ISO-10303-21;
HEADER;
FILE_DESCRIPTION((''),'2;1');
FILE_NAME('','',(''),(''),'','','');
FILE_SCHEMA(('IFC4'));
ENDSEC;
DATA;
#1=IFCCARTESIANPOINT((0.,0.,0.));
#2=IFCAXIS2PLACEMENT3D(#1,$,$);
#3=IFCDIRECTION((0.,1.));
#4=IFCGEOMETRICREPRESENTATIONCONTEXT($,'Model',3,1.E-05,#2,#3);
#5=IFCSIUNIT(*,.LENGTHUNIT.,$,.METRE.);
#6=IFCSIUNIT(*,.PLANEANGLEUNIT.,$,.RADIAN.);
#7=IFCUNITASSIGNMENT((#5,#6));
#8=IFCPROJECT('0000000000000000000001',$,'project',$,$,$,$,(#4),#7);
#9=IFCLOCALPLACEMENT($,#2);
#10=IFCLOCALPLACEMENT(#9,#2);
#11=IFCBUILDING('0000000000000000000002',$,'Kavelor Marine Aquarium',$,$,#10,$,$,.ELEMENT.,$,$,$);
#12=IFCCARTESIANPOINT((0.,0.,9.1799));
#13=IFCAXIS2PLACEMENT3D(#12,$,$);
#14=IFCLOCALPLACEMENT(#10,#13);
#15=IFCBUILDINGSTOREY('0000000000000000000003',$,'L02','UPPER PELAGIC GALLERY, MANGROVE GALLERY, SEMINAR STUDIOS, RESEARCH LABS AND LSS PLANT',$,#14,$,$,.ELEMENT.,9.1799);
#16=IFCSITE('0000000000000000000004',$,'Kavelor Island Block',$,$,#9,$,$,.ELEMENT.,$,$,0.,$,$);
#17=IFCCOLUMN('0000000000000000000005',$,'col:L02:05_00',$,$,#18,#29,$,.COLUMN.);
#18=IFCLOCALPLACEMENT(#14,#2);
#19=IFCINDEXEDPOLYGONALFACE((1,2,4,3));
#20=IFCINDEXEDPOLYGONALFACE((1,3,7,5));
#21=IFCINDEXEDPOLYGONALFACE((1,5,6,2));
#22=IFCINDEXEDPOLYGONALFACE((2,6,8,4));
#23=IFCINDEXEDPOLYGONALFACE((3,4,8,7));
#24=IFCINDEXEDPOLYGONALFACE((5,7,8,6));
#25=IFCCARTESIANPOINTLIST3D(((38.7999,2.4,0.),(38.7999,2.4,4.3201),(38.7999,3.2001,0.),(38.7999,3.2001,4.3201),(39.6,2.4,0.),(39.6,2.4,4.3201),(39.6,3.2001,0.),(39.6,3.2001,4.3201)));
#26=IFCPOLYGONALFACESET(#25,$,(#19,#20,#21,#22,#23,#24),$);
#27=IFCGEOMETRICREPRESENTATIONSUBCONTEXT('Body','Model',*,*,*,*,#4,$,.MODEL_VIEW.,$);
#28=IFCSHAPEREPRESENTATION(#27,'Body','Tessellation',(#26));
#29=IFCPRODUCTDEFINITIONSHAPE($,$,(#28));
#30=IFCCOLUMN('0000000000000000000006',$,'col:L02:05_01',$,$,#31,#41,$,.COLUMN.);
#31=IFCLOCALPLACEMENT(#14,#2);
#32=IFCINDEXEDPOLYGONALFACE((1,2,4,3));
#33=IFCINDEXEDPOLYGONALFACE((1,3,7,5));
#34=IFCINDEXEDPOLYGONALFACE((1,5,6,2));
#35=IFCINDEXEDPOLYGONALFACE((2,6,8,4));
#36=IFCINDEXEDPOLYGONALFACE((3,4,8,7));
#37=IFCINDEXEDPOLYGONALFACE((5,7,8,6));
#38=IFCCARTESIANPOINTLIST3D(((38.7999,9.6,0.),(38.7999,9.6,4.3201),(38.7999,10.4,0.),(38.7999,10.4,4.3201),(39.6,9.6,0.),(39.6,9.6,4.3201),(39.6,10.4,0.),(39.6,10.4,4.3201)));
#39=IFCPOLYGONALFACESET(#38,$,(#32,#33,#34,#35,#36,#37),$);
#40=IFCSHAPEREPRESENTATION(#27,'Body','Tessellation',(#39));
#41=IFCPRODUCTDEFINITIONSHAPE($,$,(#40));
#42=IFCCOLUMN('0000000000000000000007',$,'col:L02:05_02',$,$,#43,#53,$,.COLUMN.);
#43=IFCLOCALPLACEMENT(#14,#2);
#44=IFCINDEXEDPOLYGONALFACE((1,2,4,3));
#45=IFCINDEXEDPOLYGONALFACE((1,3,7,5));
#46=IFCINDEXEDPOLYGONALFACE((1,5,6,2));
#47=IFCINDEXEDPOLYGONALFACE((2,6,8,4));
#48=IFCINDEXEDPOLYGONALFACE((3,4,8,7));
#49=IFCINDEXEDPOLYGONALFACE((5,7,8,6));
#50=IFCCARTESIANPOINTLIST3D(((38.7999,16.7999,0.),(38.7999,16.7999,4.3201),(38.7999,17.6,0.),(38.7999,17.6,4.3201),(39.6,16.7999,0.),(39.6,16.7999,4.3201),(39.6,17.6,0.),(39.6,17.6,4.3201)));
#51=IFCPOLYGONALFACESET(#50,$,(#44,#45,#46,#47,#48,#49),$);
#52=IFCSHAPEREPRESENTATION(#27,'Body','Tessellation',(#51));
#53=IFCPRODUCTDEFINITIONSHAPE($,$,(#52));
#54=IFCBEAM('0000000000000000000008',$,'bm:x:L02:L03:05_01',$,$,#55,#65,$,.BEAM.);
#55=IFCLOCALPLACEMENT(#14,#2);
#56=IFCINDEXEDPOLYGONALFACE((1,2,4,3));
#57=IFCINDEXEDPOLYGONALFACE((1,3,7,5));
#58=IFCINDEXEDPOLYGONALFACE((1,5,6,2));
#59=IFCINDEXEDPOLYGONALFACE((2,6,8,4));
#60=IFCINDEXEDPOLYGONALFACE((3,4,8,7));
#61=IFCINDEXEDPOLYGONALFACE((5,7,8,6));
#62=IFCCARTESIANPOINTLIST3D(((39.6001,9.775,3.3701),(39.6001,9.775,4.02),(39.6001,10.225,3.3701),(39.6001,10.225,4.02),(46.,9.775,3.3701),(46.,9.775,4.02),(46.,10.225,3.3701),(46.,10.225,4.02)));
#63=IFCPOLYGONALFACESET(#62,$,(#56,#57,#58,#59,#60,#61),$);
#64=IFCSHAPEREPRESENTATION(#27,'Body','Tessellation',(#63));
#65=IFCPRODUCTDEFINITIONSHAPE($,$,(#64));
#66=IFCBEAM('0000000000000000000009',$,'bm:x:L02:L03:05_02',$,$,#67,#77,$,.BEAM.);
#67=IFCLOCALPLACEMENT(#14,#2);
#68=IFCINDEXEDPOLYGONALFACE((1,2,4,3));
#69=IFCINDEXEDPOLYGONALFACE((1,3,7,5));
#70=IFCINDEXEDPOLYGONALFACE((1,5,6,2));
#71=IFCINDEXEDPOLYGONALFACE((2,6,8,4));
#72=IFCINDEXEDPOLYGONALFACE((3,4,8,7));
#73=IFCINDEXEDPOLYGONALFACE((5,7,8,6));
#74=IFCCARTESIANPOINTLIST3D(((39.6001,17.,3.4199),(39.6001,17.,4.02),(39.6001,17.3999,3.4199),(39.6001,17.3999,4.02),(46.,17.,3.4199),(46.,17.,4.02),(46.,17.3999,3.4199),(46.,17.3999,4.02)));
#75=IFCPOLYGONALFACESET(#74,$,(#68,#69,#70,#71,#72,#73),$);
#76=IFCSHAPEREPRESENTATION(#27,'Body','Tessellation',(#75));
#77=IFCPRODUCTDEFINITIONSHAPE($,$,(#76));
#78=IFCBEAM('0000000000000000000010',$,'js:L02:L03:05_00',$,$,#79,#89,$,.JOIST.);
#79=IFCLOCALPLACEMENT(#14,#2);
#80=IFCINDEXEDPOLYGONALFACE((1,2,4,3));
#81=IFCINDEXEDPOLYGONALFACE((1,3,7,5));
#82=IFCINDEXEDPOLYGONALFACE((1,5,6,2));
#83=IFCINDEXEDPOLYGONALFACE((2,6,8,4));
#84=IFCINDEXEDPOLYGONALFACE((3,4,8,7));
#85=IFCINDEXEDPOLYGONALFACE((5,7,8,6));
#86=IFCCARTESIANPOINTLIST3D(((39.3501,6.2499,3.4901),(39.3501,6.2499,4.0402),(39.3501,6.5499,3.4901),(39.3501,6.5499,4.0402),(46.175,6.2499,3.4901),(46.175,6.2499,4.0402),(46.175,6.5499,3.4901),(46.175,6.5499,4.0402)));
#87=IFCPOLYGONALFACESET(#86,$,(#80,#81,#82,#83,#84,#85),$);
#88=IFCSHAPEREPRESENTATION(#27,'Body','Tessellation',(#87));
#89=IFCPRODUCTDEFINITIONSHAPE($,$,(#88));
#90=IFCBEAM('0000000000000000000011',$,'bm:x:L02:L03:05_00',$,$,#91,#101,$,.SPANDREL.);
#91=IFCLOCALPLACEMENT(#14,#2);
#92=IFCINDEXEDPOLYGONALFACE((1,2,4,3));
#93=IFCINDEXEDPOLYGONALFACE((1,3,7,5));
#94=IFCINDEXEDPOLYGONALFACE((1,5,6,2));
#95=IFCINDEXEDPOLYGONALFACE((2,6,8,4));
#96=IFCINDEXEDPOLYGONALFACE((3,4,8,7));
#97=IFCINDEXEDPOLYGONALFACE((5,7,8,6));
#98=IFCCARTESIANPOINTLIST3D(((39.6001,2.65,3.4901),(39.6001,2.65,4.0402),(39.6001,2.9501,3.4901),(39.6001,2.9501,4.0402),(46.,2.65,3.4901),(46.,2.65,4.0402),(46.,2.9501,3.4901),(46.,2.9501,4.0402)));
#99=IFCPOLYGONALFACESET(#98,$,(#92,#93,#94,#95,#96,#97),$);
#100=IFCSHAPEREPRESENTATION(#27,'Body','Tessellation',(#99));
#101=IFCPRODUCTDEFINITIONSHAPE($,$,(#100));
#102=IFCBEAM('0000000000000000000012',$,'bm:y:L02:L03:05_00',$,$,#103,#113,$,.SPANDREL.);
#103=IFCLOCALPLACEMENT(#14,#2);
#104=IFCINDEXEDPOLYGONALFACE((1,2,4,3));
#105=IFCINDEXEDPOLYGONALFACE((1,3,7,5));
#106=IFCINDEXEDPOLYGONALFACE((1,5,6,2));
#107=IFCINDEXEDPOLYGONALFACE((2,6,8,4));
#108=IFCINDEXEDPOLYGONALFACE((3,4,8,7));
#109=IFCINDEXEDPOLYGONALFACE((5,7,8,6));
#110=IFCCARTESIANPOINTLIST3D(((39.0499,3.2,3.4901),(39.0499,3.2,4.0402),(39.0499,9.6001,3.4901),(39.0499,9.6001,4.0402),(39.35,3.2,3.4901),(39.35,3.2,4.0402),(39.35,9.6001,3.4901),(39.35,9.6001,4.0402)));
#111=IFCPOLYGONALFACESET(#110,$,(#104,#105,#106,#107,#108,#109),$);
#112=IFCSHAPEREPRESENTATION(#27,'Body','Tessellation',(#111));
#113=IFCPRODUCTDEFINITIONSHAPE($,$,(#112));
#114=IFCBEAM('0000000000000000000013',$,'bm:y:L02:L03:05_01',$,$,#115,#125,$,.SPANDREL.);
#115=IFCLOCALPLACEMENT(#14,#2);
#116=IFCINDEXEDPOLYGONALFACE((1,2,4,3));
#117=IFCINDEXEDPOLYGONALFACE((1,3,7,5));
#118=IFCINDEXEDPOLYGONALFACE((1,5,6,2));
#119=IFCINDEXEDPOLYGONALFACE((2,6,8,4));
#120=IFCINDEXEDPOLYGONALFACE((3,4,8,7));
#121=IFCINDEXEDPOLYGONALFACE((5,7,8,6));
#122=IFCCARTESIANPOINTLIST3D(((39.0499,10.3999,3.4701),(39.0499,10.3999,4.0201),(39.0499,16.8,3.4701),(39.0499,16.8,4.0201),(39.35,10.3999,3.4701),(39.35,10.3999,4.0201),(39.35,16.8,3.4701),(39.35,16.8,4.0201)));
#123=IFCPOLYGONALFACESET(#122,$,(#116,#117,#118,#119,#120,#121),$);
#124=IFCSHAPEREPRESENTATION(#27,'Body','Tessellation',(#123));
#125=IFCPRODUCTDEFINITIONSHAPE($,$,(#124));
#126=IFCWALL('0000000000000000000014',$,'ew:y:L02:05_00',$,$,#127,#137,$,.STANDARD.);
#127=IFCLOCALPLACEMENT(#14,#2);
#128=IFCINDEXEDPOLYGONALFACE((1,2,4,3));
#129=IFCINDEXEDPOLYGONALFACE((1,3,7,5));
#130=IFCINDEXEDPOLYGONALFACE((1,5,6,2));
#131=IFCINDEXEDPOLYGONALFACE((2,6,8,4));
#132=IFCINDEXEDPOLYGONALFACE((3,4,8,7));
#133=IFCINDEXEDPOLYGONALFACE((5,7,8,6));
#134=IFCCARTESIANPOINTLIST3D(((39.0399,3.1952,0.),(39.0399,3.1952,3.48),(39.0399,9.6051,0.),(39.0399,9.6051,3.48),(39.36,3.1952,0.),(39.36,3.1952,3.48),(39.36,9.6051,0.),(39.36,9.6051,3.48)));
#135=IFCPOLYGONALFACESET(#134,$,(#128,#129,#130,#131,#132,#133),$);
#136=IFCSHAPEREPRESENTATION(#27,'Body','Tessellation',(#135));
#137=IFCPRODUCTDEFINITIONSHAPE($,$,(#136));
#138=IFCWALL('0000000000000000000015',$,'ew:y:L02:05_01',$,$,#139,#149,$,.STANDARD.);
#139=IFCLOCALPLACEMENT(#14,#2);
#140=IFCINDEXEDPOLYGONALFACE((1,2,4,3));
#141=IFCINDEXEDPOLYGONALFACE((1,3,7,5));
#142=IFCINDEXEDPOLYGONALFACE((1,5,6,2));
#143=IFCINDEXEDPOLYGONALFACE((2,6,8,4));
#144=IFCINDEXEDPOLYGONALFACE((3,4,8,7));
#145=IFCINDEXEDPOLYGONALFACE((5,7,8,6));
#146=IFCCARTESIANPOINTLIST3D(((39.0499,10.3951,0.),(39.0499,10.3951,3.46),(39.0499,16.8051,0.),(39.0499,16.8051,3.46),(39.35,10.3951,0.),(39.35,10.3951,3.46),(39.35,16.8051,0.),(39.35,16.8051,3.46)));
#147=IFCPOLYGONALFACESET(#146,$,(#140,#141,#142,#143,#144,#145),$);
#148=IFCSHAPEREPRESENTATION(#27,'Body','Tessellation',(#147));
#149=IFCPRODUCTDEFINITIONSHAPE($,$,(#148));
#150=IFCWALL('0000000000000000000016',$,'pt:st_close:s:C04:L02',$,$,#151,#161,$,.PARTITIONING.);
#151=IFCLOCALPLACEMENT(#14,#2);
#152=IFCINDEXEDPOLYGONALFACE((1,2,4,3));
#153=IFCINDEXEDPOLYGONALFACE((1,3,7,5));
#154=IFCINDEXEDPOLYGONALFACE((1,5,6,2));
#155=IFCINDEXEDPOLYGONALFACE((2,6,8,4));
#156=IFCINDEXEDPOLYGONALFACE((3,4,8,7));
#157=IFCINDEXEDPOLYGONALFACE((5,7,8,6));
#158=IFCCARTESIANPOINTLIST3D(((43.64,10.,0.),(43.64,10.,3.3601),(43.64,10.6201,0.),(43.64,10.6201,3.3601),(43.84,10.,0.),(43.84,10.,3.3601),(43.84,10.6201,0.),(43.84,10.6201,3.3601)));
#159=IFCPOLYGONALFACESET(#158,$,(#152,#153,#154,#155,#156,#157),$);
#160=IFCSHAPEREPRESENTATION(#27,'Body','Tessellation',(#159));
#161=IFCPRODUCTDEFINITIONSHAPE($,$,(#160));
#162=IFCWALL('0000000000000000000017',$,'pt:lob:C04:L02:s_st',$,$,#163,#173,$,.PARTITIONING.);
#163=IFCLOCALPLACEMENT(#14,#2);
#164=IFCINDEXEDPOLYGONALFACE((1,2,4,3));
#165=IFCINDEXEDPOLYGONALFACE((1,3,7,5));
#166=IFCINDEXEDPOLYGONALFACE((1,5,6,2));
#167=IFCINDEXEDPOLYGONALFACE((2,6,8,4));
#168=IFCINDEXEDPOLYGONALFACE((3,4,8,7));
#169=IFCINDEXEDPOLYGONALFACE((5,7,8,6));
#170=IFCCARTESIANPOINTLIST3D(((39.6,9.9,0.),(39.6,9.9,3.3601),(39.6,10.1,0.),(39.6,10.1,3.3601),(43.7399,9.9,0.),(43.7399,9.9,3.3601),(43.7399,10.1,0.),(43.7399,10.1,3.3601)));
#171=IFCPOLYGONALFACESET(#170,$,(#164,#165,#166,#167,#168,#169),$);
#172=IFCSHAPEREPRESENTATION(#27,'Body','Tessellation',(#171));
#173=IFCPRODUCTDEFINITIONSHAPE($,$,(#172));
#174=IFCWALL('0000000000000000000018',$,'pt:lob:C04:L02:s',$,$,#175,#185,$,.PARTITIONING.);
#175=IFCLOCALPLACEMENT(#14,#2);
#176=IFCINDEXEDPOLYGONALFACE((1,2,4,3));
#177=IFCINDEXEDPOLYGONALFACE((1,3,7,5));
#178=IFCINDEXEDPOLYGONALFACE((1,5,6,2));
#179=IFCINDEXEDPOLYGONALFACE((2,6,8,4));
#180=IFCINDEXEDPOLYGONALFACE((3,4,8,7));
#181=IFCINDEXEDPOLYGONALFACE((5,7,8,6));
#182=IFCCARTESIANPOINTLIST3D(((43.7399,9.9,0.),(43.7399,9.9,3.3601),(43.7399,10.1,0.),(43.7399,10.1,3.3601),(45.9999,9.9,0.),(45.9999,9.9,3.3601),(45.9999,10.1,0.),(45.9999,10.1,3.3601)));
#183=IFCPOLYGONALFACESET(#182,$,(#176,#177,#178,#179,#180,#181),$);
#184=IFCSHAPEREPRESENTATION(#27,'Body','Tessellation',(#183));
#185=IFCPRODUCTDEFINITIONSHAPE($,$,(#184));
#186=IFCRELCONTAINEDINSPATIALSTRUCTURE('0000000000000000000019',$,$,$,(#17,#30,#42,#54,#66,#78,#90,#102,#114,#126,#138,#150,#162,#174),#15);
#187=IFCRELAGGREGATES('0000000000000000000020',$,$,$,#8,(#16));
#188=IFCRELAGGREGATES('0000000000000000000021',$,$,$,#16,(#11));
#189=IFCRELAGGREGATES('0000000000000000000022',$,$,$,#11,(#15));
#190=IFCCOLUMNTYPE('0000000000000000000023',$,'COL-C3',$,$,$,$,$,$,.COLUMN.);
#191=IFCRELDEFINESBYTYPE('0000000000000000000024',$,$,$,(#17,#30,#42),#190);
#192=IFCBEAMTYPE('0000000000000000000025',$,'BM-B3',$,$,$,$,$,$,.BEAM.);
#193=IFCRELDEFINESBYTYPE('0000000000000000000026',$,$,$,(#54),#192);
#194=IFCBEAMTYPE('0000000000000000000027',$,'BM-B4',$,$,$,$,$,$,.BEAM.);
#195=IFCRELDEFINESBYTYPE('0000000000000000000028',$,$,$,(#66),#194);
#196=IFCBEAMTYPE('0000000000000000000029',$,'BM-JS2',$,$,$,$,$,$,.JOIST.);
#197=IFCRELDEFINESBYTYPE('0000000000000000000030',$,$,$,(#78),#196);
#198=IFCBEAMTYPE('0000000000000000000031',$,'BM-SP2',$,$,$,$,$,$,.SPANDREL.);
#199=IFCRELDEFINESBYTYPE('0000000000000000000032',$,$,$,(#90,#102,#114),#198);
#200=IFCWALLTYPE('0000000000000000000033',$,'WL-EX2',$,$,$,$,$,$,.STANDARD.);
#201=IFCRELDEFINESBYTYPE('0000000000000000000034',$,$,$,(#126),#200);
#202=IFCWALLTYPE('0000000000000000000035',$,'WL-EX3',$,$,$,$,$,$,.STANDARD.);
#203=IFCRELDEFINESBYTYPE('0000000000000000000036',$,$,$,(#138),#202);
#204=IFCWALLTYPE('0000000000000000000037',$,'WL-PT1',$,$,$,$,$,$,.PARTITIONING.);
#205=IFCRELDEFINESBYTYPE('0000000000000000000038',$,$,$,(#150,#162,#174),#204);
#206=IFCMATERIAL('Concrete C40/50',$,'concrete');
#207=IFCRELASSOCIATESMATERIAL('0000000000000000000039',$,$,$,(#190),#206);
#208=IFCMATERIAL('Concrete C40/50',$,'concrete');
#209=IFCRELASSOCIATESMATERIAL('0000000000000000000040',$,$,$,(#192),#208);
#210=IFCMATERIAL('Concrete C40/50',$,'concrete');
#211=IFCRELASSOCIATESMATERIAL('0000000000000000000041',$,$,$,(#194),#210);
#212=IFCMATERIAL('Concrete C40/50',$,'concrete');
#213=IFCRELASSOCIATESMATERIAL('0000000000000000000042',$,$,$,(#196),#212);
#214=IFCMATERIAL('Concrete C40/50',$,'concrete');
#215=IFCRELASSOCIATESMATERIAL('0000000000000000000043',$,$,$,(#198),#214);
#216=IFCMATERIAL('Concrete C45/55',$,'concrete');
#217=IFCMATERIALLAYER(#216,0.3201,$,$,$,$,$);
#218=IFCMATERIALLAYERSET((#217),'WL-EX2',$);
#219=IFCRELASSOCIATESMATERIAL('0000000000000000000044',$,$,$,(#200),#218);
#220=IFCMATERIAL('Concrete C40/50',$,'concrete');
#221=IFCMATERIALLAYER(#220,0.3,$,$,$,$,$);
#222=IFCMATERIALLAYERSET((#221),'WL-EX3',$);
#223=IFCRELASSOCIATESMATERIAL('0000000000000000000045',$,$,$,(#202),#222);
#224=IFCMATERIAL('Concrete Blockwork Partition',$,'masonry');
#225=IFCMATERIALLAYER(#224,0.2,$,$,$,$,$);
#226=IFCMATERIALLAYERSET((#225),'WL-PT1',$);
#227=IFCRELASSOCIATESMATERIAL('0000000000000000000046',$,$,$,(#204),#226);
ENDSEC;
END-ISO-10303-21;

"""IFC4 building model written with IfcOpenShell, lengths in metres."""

from ifc_helpers import new_model, si_unit, direction, frame, frame_2d, origin, origin_2d, place, context, subcontext, project, spatial, rectangle, extrude, material, layer, layer_set, material_profile, profile_set, type_object, element, save


model = new_model("IFC4")

# Units and contexts
model_context = context("Model", 3, precision=1e-05, world=origin(), true_north=direction((0.0, 1.0)))
body_context = subcontext(model_context, "Body", "Model", "MODEL_VIEW")
ifc_project = project(units=[si_unit("LENGTHUNIT", "METRE"), si_unit("PLANEANGLEUNIT", "RADIAN")], contexts=[model_context])

# Site, building, storey
site_placement = place(None, origin())
site = spatial("IfcSite", under=ifc_project, at=site_placement, Name="Kavelor Island Block", CompositionType="ELEMENT", RefElevation=0.0)
building_placement = place(site_placement, origin())
building = spatial("IfcBuilding", under=site, at=building_placement, Name="Kavelor Marine Aquarium", CompositionType="ELEMENT")
storey_placement = place(building_placement, frame((0.0, 0.0, 9.1799)))
storey = spatial("IfcBuildingStorey", under=building, at=storey_placement, Name="L02", Description="UPPER PELAGIC GALLERY, MANGROVE GALLERY, SEMINAR STUDIOS, RESEARCH LABS AND LSS PLANT", CompositionType="ELEMENT", Elevation=9.1799)

# Columns
ifc_material_1 = material(Name="Concrete C40/50", Category="concrete")
ifc_material_profile_1 = material_profile(ifc_material_1, rectangle(XDim=0.8, YDim=0.8, at=origin_2d()), Name="RC-COL 800x800")
ifc_profile_set_1 = profile_set([ifc_material_profile_1], Name="Concrete C40/50")
column_type = type_object("IfcColumnType", Name="COL-C3", PredefinedType="COLUMN", material=ifc_profile_set_1)
for number, where, z_axis, x_axis, name in (
    (1, (39.2, 2.8, 0.0), (0.0, 0.0, 1.0), (1.0, 0.0, 0.0), "col:L02:05_00"),
    (2, (39.2, 10.0, 0.0), (0.0, 0.0, 1.0), (1.0, 0.0, 0.0), "col:L02:05_01"),
    (3, (39.2, 17.2, 0.0), (0.0, 0.0, 1.0), (1.0, 0.0, 0.0), "col:L02:05_02"),
):
    element("IfcColumn", number, at=place(storey_placement, frame(where, z_axis=z_axis, x_axis=x_axis)), inside=storey, type_object=column_type, Name=name, PredefinedType="COLUMN", context=body_context, shape_type="SweptSolid", body=[
        extrude(rectangle(XDim=0.8, YDim=0.8, at=origin_2d()), origin(), (0.0, 0.0, 1.0), 4.3201),
    ])

# Beams
ifc_material_2 = material(Name="Concrete C40/50", Category="concrete")
ifc_material_profile_2 = material_profile(ifc_material_2, rectangle(XDim=0.45, YDim=0.6499, at=origin_2d()), Name="RC-BM 450x650")
ifc_profile_set_2 = profile_set([ifc_material_profile_2], Name="Concrete C40/50")
beam_type_1 = type_object("IfcBeamType", Name="BM-B3", PredefinedType="BEAM", material=ifc_profile_set_2)
beam_1_placement = place(storey_placement, frame((39.6001, 10.0, 3.6951), z_axis=(1.0, 0.0, 0.0), x_axis=(0.0, 1.0, 0.0)))
element("IfcBeam", 4, at=beam_1_placement, inside=storey, type_object=beam_type_1, Name="bm:x:L02:L03:05_01", PredefinedType="BEAM", context=body_context, shape_type="SweptSolid", body=[
    extrude(rectangle(XDim=0.45, YDim=0.6499, at=origin_2d()), origin(), (0.0, 0.0, 1.0), 6.3999),
])
ifc_material_3 = material(Name="Concrete C40/50", Category="concrete")
ifc_material_profile_3 = material_profile(ifc_material_3, rectangle(XDim=0.3999, YDim=0.6001, at=origin_2d()), Name="RC-BM 400x600")
ifc_profile_set_3 = profile_set([ifc_material_profile_3], Name="Concrete C40/50")
beam_type_2 = type_object("IfcBeamType", Name="BM-B4", PredefinedType="BEAM", material=ifc_profile_set_3)
beam_2_placement = place(storey_placement, frame((39.6001, 17.2, 3.72), z_axis=(1.0, 0.0, 0.0), x_axis=(0.0, 1.0, 0.0)))
element("IfcBeam", 5, at=beam_2_placement, inside=storey, type_object=beam_type_2, Name="bm:x:L02:L03:05_02", PredefinedType="BEAM", context=body_context, shape_type="SweptSolid", body=[
    extrude(rectangle(XDim=0.3999, YDim=0.6001, at=origin_2d()), origin(), (0.0, 0.0, 1.0), 6.3999),
])
ifc_material_4 = material(Name="Concrete C40/50", Category="concrete")
ifc_material_profile_4 = material_profile(ifc_material_4, rectangle(XDim=0.3, YDim=0.55, at=origin_2d()), Name="RC-JS 300x550")
ifc_profile_set_4 = profile_set([ifc_material_profile_4], Name="Concrete C40/50")
beam_type_3 = type_object("IfcBeamType", Name="BM-JS2", PredefinedType="JOIST", material=ifc_profile_set_4)
beam_3_placement = place(storey_placement, frame((39.3501, 6.3999, 3.7651), z_axis=(1.0, 0.0, 0.0), x_axis=(0.0, 1.0, 0.0)))
element("IfcBeam", 6, at=beam_3_placement, inside=storey, type_object=beam_type_3, Name="js:L02:L03:05_00", PredefinedType="JOIST", context=body_context, shape_type="SweptSolid", body=[
    extrude(rectangle(XDim=0.3, YDim=0.55, at=origin_2d()), origin(), (0.0, 0.0, 1.0), 6.825),
])
ifc_material_5 = material(Name="Concrete C40/50", Category="concrete")
ifc_material_profile_5 = material_profile(ifc_material_5, rectangle(XDim=0.3, YDim=0.55, at=origin_2d()), Name="RC-SP 300x550")
ifc_profile_set_5 = profile_set([ifc_material_profile_5], Name="Concrete C40/50")
beam_type_4 = type_object("IfcBeamType", Name="BM-SP2", PredefinedType="SPANDREL", material=ifc_profile_set_5)
beam_4_placement = place(storey_placement, frame((39.6001, 2.8, 3.7651), z_axis=(1.0, 0.0, 0.0), x_axis=(0.0, 1.0, 0.0)))
element("IfcBeam", 7, at=beam_4_placement, inside=storey, type_object=beam_type_4, Name="bm:x:L02:L03:05_00", PredefinedType="SPANDREL", context=body_context, shape_type="SweptSolid", body=[
    extrude(rectangle(XDim=0.3, YDim=0.55, at=origin_2d()), origin(), (0.0, 0.0, 1.0), 6.3999),
])
for number, where, z_axis, x_axis, name in (
    (8, (39.2, 3.2, 3.7651), (0.0, 1.0, 0.0), (-1.0, 0.0, 0.0), "bm:y:L02:L03:05_00"),
    (9, (39.2, 10.3999, 3.7451), (0.0, 1.0, 0.0), (-1.0, 0.0, 0.0), "bm:y:L02:L03:05_01"),
):
    element("IfcBeam", number, at=place(storey_placement, frame(where, z_axis=z_axis, x_axis=x_axis)), inside=storey, type_object=beam_type_4, Name=name, PredefinedType="SPANDREL", context=body_context, shape_type="SweptSolid", body=[
        extrude(rectangle(XDim=0.3, YDim=0.55, at=origin_2d()), origin(), (0.0, 0.0, 1.0), 6.4001),
    ])

# Walls
ifc_material_6 = material(Name="Concrete C45/55", Category="concrete")
ifc_layer_1 = layer(ifc_material_6, 0.3201)
ifc_layer_set_1 = layer_set([ifc_layer_1], Name="WL-EX2")
wall_type_1 = type_object("IfcWallType", Name="WL-EX2", PredefinedType="STANDARD", material=ifc_layer_set_1)
wall_1_placement = place(storey_placement, frame((39.2, 3.1951, 0.0), z_axis=(0.0, 0.0, 1.0), x_axis=(0.0, 1.0, 0.0)))
element("IfcWall", 10, at=wall_1_placement, inside=storey, type_object=wall_type_1, Name="ew:y:L02:05_00", PredefinedType="STANDARD", context=body_context, shape_type="SweptSolid", body=[
    extrude(rectangle(XDim=6.4099, YDim=0.3201, at=frame_2d((3.2051, 0.0))), origin(), (0.0, 0.0, 1.0), 3.48),
])
ifc_material_7 = material(Name="Concrete C40/50", Category="concrete")
ifc_layer_2 = layer(ifc_material_7, 0.3)
ifc_layer_set_2 = layer_set([ifc_layer_2], Name="WL-EX3")
wall_type_2 = type_object("IfcWallType", Name="WL-EX3", PredefinedType="STANDARD", material=ifc_layer_set_2)
wall_2_placement = place(storey_placement, frame((39.2, 10.395, 0.0), z_axis=(0.0, 0.0, 1.0), x_axis=(0.0, 1.0, 0.0)))
element("IfcWall", 11, at=wall_2_placement, inside=storey, type_object=wall_type_2, Name="ew:y:L02:05_01", PredefinedType="STANDARD", context=body_context, shape_type="SweptSolid", body=[
    extrude(rectangle(XDim=6.4099, YDim=0.3, at=frame_2d((3.2051, 0.0))), origin(), (0.0, 0.0, 1.0), 3.46),
])
ifc_material_8 = material(Name="Concrete Blockwork Partition", Category="masonry")
ifc_layer_3 = layer(ifc_material_8, 0.2)
ifc_layer_set_3 = layer_set([ifc_layer_3], Name="WL-PT1")
wall_type_3 = type_object("IfcWallType", Name="WL-PT1", PredefinedType="PARTITIONING", material=ifc_layer_set_3)
wall_3_placement = place(storey_placement, frame((43.74, 10.0, 0.0), z_axis=(0.0, 0.0, 1.0), x_axis=(0.0, 1.0, 0.0)))
element("IfcWall", 12, at=wall_3_placement, inside=storey, type_object=wall_type_3, Name="pt:st_close:s:C04:L02", PredefinedType="PARTITIONING", context=body_context, shape_type="SweptSolid", body=[
    extrude(rectangle(XDim=0.6201, YDim=0.2, at=frame_2d((0.3101, 0.0))), origin(), (0.0, 0.0, 1.0), 3.3601),
])
wall_4_placement = place(storey_placement, frame((39.6001, 10.0, 0.0), z_axis=(0.0, 0.0, 1.0), x_axis=(1.0, 0.0, 0.0)))
element("IfcWall", 13, at=wall_4_placement, inside=storey, type_object=wall_type_3, Name="pt:lob:C04:L02:s_st", PredefinedType="PARTITIONING", context=body_context, shape_type="SweptSolid", body=[
    extrude(rectangle(XDim=4.1399, YDim=0.2, at=frame_2d((2.0698, 0.0))), origin(), (0.0, 0.0, 1.0), 3.3601),
])
wall_5_placement = place(storey_placement, frame((43.74, 10.0, 0.0), z_axis=(0.0, 0.0, 1.0), x_axis=(1.0, 0.0, 0.0)))
element("IfcWall", 14, at=wall_5_placement, inside=storey, type_object=wall_type_3, Name="pt:lob:C04:L02:s", PredefinedType="PARTITIONING", context=body_context, shape_type="SweptSolid", body=[
    extrude(rectangle(XDim=2.26, YDim=0.2, at=frame_2d((1.1299, 0.0))), origin(), (0.0, 0.0, 1.0), 3.3601),
])

save(model, "model.ifc")
